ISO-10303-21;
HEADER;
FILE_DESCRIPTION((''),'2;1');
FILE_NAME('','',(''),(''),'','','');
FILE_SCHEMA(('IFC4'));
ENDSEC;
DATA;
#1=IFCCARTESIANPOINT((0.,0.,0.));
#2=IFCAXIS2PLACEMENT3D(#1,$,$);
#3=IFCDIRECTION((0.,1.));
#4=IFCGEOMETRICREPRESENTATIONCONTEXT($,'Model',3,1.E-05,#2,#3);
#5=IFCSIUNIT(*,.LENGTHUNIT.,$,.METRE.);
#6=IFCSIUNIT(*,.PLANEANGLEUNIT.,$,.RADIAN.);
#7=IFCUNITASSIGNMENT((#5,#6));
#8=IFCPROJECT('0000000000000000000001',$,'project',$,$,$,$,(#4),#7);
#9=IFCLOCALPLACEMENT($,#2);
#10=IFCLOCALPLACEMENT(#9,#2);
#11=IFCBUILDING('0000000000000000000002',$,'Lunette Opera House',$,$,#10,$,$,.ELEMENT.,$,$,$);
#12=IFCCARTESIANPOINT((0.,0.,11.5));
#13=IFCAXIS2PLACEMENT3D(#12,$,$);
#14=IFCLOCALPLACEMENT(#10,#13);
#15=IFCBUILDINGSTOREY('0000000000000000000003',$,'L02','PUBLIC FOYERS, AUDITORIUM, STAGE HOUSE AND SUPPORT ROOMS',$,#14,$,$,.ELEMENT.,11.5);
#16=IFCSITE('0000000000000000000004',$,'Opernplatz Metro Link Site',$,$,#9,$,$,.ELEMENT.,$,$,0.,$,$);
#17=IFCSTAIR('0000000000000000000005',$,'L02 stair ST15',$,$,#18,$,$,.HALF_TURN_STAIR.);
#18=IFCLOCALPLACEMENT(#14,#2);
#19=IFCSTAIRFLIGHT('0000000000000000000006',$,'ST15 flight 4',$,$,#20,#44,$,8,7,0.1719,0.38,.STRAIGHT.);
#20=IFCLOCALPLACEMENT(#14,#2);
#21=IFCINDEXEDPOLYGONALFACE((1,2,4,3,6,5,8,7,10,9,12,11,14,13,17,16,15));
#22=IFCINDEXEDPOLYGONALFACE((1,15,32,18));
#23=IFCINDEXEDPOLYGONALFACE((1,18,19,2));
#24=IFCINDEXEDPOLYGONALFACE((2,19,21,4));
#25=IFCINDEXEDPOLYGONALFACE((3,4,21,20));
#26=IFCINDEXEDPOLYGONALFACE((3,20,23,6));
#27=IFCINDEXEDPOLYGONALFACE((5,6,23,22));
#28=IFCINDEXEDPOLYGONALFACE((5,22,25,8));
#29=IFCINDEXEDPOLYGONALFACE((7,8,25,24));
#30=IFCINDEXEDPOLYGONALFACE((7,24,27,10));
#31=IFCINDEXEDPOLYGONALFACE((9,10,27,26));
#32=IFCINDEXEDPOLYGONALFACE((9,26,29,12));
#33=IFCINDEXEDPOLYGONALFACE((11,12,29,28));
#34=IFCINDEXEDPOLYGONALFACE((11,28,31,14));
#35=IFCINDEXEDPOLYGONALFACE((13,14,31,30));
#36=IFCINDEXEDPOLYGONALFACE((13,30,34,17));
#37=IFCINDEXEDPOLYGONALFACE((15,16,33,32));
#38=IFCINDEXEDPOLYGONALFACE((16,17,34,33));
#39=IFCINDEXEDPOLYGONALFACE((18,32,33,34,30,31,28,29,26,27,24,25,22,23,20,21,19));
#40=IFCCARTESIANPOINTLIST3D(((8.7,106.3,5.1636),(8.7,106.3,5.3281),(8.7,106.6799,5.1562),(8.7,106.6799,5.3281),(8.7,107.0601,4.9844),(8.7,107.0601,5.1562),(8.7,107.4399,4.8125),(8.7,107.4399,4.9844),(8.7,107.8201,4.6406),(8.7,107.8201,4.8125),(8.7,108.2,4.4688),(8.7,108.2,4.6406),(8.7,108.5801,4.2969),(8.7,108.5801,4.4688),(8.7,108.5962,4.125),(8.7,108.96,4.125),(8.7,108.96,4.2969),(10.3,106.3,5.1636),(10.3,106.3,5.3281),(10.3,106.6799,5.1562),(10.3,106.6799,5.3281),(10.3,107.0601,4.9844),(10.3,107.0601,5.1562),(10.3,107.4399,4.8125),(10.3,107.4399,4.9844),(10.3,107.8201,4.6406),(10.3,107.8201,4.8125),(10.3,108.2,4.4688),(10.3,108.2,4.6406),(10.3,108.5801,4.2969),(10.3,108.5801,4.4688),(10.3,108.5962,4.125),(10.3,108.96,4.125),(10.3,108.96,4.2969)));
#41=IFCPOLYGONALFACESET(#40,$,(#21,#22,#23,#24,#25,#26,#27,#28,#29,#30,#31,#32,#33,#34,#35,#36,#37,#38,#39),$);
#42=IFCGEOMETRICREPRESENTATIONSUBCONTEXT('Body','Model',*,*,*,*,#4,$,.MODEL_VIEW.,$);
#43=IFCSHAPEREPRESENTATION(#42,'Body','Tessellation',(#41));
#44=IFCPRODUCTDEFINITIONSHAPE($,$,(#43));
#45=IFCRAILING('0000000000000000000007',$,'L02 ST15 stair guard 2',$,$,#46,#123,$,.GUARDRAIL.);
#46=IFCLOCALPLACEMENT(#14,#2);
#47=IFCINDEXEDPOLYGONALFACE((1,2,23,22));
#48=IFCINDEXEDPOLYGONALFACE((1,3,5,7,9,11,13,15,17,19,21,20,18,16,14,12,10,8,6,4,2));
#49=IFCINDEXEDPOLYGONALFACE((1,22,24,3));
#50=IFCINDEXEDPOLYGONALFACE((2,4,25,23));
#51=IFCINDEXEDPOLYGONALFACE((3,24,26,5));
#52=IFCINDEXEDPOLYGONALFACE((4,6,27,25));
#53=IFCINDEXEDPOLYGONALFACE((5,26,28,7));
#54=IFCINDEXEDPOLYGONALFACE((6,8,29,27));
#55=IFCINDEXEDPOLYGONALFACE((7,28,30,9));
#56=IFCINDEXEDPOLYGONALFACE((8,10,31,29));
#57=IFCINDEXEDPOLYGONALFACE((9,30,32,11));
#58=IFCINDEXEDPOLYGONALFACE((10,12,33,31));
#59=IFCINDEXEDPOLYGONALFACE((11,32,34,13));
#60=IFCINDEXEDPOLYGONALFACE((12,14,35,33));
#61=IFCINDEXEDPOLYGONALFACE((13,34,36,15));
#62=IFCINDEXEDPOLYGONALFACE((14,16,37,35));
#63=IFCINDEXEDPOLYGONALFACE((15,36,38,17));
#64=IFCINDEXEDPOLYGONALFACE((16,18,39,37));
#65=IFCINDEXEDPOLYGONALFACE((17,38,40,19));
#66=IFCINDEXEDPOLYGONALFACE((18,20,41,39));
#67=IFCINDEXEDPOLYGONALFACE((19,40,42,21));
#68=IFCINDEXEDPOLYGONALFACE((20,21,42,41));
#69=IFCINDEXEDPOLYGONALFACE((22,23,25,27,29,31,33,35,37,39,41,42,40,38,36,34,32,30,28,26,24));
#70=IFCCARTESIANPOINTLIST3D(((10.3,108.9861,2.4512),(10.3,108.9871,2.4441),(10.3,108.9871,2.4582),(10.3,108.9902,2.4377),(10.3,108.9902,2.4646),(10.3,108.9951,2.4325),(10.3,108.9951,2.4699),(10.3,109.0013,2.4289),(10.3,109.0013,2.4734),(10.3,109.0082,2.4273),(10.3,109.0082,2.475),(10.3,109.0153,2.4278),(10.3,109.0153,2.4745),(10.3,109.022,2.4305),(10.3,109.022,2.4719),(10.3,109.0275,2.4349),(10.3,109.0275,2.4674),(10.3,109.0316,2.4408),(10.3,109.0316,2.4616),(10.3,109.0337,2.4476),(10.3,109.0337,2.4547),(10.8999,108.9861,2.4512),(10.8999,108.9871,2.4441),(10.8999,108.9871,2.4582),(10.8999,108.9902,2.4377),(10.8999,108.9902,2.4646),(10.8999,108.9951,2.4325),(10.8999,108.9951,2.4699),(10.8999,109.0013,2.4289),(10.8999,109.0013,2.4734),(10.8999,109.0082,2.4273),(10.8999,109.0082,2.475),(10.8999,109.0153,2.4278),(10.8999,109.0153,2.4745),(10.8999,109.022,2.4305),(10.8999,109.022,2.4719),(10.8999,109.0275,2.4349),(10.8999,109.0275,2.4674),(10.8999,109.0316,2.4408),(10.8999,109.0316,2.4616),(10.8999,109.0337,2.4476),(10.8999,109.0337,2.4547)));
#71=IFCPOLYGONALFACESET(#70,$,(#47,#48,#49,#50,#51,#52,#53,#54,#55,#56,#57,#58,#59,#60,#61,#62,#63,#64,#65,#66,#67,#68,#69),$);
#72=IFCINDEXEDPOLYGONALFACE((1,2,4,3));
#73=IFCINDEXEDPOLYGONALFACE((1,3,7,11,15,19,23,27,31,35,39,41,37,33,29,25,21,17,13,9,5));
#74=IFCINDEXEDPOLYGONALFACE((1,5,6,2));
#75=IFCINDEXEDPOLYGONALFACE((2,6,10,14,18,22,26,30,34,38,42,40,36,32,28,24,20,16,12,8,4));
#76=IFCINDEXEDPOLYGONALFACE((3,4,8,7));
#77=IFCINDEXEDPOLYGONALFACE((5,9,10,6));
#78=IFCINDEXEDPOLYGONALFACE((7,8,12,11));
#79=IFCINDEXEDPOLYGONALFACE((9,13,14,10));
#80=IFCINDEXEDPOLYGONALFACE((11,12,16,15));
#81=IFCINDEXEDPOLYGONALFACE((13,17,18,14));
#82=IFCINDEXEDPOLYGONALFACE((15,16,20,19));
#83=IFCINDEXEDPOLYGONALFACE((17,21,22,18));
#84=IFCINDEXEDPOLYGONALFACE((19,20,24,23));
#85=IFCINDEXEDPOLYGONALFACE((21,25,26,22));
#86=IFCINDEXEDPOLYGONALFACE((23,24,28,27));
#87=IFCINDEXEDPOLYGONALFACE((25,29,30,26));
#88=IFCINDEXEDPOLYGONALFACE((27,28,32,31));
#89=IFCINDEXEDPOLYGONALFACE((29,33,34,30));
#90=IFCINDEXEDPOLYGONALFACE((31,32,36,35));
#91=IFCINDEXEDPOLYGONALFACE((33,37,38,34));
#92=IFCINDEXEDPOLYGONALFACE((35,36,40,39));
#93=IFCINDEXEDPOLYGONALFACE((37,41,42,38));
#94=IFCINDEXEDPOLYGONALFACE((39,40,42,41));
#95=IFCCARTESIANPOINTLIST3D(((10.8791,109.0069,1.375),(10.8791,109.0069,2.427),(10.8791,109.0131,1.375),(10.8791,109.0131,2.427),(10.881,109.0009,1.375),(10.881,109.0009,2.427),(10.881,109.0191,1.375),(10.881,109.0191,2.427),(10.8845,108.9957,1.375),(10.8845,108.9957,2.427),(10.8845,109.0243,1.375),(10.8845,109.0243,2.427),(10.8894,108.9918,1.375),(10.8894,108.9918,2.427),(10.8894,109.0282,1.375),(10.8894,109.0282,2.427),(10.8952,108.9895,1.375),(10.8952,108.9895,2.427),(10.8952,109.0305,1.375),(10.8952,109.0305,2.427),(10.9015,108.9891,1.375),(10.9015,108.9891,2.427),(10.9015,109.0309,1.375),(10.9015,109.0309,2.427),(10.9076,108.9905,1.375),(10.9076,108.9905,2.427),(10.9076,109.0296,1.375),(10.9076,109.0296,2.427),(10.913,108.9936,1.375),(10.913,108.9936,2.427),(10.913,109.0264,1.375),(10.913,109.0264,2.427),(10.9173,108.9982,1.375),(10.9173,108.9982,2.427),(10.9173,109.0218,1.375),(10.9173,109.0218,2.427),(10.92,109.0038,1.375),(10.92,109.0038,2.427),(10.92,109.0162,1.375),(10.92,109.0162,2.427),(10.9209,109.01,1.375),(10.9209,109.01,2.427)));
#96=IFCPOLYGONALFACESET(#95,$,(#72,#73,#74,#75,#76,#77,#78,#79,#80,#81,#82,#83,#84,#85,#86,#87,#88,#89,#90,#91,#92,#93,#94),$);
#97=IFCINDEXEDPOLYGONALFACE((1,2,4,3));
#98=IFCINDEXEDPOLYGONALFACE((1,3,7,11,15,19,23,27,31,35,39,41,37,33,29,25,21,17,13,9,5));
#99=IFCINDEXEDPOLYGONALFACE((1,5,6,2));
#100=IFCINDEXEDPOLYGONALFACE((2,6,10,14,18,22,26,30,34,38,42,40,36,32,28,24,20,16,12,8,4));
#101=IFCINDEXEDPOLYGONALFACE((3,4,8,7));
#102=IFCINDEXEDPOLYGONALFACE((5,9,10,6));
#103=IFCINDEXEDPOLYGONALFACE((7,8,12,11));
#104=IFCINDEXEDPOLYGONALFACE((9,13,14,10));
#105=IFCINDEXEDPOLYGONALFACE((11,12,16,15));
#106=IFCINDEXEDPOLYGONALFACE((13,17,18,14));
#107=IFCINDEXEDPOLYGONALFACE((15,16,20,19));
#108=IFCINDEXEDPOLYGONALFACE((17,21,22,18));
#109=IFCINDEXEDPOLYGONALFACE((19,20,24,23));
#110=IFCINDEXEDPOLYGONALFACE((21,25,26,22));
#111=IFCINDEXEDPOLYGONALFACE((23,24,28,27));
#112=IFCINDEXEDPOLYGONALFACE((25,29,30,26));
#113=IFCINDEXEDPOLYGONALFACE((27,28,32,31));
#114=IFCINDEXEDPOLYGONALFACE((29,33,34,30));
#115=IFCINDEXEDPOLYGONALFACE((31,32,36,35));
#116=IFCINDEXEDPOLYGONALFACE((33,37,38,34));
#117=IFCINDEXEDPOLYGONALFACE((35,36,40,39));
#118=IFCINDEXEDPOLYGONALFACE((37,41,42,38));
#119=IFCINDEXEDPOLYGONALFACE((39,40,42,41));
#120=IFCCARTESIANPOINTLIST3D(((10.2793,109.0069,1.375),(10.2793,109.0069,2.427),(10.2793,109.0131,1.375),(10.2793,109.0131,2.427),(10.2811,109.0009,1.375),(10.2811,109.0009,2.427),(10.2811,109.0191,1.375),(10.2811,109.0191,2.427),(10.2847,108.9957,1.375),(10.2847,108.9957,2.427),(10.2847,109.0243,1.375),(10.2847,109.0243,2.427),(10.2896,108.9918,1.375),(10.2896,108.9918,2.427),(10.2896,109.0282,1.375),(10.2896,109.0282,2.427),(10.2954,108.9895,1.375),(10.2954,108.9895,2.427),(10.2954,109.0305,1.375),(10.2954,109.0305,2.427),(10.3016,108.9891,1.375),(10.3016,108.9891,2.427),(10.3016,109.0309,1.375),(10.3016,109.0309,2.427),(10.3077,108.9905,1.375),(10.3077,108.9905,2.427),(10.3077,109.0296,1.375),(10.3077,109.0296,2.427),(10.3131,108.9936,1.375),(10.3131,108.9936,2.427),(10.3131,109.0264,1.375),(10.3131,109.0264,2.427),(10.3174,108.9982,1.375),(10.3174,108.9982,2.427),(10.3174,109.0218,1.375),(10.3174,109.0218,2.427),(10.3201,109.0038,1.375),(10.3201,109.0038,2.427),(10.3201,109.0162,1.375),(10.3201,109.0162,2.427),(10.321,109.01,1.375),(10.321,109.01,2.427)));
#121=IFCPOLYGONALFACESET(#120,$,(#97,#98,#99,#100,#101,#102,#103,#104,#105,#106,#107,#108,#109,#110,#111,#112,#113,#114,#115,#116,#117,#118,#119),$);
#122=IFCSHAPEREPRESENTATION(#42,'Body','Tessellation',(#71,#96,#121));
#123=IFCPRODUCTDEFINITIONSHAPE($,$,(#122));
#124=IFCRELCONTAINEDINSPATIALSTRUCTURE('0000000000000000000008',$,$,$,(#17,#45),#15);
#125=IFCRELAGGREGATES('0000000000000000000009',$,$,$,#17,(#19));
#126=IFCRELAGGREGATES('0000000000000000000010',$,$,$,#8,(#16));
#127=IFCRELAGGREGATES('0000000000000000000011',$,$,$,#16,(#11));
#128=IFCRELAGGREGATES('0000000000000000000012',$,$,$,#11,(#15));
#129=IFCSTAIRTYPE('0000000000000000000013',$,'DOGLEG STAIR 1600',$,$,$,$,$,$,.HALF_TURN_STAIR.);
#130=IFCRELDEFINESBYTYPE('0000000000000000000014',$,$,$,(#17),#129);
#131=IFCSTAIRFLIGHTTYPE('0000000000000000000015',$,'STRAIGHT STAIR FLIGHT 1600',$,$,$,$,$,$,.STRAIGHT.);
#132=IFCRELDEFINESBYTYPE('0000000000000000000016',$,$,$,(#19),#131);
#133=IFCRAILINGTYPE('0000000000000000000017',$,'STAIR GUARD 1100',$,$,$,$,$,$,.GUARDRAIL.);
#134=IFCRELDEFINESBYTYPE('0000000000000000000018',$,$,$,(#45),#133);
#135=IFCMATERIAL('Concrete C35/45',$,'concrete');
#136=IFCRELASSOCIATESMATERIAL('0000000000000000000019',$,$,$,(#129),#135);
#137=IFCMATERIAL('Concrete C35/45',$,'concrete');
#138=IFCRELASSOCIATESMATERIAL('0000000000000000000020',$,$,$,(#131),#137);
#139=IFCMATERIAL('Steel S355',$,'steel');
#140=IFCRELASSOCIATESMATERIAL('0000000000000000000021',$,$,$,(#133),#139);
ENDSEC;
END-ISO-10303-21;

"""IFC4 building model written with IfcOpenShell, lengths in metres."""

from ifc_helpers import new_model, si_unit, direction, frame, origin, origin_2d, place, context, subcontext, project, spatial, polyline, circle, outline, extrude, material, type_object, element, aggregate, save


model = new_model("IFC4")

# Units and contexts
model_context = context("Model", 3, precision=1e-05, world=origin(), true_north=direction((0.0, 1.0)))
body_context = subcontext(model_context, "Body", "Model", "MODEL_VIEW")
ifc_project = project(units=[si_unit("LENGTHUNIT", "METRE"), si_unit("PLANEANGLEUNIT", "RADIAN")], contexts=[model_context])

# Site, building, storey
site_placement = place(None, origin())
site = spatial("IfcSite", under=ifc_project, at=site_placement, Name="Opernplatz Metro Link Site", CompositionType="ELEMENT", RefElevation=0.0)
building_placement = place(site_placement, origin())
building = spatial("IfcBuilding", under=site, at=building_placement, Name="Lunette Opera House", CompositionType="ELEMENT")
storey_placement = place(building_placement, frame((0.0, 0.0, 11.5)))
storey = spatial("IfcBuildingStorey", under=building, at=storey_placement, Name="L02", Description="PUBLIC FOYERS, AUDITORIUM, STAGE HOUSE AND SUPPORT ROOMS", CompositionType="ELEMENT", Elevation=11.5)

# Stair, stair flight
ifc_material_1 = material(Name="Concrete C35/45", Category="concrete")
stair_type = type_object("IfcStairType", Name="DOGLEG STAIR 1600", PredefinedType="HALF_TURN_STAIR", material=ifc_material_1)
stair_placement = place(storey_placement, origin())
stair = element("IfcStair", 1, at=stair_placement, inside=storey, type_object=stair_type, Name="L02 stair ST15", PredefinedType="HALF_TURN_STAIR")
ifc_material_2 = material(Name="Concrete C35/45", Category="concrete")
stair_flight_type = type_object("IfcStairFlightType", Name="STRAIGHT STAIR FLIGHT 1600", PredefinedType="STRAIGHT", material=ifc_material_2)
stair_flight_1_placement = place(storey_placement, frame((9.5, 108.96, 4.125), z_axis=(0.0, 0.0, 1.0), x_axis=(0.0, -1.0, 0.0)))
stair_flight_1 = element("IfcStairFlight", 2, at=stair_flight_1_placement, type_object=stair_flight_type, Name="ST15 flight 4", NumberOfRisers=8, NumberOfTreads=7, PredefinedType="STRAIGHT", RiserHeight=0.1719, TreadLength=0.38, context=body_context, shape_type="SweptSolid", body=[
    extrude(outline(polyline([(0.0, 0.0), (0.0, 0.1719), (0.3799, 0.1719), (0.3799, 0.3438), (0.76, 0.3438), (0.76, 0.5156), (1.1399, 0.5156), (1.1399, 0.6875), (1.52, 0.6875), (1.52, 0.8594), (1.8999, 0.8594), (1.8999, 1.0312), (2.28, 1.0312), (2.28, 1.2031), (2.6599, 1.2031), (2.6599, 1.375), (2.6599, 1.0386), (0.3638, 0.0), (0.0, 0.0)])), frame((0.0, 0.8, 0.0), z_axis=(0.0, -1.0, 0.0), x_axis=(1.0, 0.0, 0.0)), (0.0, 0.0, 1.0), 1.6001),
])
aggregate(stair, [stair_flight_1])

# Railing
ifc_material_3 = material(Name="Steel S355", Category="steel")
railing_type_1 = type_object("IfcRailingType", Name="STAIR GUARD 1100", PredefinedType="GUARDRAIL", material=ifc_material_3)
railing_1_placement = place(storey_placement, frame((10.8999, 109.01, 1.375)))
element("IfcRailing", 3, at=railing_1_placement, inside=storey, type_object=railing_type_1, Name="L02 ST15 stair guard 2", PredefinedType="GUARDRAIL", context=body_context, shape_type="SweptSolid", body=[
    extrude(circle(Radius=0.0239, at=origin_2d()), frame((0.0, 0.0, 1.0762), z_axis=(-1.0, 0.0, 0.0), x_axis=(0.0, -1.0, 0.0)), (0.0, 0.0, 1.0), 0.5999),
    extrude(circle(Radius=0.021, at=origin_2d()), origin(), (0.0, 0.0, 1.0), 1.052),
    extrude(circle(Radius=0.021, at=origin_2d()), frame((-0.5999, 0.0, 0.0)), (0.0, 0.0, 1.0), 1.052),
])

save(model, "model.ifc")
